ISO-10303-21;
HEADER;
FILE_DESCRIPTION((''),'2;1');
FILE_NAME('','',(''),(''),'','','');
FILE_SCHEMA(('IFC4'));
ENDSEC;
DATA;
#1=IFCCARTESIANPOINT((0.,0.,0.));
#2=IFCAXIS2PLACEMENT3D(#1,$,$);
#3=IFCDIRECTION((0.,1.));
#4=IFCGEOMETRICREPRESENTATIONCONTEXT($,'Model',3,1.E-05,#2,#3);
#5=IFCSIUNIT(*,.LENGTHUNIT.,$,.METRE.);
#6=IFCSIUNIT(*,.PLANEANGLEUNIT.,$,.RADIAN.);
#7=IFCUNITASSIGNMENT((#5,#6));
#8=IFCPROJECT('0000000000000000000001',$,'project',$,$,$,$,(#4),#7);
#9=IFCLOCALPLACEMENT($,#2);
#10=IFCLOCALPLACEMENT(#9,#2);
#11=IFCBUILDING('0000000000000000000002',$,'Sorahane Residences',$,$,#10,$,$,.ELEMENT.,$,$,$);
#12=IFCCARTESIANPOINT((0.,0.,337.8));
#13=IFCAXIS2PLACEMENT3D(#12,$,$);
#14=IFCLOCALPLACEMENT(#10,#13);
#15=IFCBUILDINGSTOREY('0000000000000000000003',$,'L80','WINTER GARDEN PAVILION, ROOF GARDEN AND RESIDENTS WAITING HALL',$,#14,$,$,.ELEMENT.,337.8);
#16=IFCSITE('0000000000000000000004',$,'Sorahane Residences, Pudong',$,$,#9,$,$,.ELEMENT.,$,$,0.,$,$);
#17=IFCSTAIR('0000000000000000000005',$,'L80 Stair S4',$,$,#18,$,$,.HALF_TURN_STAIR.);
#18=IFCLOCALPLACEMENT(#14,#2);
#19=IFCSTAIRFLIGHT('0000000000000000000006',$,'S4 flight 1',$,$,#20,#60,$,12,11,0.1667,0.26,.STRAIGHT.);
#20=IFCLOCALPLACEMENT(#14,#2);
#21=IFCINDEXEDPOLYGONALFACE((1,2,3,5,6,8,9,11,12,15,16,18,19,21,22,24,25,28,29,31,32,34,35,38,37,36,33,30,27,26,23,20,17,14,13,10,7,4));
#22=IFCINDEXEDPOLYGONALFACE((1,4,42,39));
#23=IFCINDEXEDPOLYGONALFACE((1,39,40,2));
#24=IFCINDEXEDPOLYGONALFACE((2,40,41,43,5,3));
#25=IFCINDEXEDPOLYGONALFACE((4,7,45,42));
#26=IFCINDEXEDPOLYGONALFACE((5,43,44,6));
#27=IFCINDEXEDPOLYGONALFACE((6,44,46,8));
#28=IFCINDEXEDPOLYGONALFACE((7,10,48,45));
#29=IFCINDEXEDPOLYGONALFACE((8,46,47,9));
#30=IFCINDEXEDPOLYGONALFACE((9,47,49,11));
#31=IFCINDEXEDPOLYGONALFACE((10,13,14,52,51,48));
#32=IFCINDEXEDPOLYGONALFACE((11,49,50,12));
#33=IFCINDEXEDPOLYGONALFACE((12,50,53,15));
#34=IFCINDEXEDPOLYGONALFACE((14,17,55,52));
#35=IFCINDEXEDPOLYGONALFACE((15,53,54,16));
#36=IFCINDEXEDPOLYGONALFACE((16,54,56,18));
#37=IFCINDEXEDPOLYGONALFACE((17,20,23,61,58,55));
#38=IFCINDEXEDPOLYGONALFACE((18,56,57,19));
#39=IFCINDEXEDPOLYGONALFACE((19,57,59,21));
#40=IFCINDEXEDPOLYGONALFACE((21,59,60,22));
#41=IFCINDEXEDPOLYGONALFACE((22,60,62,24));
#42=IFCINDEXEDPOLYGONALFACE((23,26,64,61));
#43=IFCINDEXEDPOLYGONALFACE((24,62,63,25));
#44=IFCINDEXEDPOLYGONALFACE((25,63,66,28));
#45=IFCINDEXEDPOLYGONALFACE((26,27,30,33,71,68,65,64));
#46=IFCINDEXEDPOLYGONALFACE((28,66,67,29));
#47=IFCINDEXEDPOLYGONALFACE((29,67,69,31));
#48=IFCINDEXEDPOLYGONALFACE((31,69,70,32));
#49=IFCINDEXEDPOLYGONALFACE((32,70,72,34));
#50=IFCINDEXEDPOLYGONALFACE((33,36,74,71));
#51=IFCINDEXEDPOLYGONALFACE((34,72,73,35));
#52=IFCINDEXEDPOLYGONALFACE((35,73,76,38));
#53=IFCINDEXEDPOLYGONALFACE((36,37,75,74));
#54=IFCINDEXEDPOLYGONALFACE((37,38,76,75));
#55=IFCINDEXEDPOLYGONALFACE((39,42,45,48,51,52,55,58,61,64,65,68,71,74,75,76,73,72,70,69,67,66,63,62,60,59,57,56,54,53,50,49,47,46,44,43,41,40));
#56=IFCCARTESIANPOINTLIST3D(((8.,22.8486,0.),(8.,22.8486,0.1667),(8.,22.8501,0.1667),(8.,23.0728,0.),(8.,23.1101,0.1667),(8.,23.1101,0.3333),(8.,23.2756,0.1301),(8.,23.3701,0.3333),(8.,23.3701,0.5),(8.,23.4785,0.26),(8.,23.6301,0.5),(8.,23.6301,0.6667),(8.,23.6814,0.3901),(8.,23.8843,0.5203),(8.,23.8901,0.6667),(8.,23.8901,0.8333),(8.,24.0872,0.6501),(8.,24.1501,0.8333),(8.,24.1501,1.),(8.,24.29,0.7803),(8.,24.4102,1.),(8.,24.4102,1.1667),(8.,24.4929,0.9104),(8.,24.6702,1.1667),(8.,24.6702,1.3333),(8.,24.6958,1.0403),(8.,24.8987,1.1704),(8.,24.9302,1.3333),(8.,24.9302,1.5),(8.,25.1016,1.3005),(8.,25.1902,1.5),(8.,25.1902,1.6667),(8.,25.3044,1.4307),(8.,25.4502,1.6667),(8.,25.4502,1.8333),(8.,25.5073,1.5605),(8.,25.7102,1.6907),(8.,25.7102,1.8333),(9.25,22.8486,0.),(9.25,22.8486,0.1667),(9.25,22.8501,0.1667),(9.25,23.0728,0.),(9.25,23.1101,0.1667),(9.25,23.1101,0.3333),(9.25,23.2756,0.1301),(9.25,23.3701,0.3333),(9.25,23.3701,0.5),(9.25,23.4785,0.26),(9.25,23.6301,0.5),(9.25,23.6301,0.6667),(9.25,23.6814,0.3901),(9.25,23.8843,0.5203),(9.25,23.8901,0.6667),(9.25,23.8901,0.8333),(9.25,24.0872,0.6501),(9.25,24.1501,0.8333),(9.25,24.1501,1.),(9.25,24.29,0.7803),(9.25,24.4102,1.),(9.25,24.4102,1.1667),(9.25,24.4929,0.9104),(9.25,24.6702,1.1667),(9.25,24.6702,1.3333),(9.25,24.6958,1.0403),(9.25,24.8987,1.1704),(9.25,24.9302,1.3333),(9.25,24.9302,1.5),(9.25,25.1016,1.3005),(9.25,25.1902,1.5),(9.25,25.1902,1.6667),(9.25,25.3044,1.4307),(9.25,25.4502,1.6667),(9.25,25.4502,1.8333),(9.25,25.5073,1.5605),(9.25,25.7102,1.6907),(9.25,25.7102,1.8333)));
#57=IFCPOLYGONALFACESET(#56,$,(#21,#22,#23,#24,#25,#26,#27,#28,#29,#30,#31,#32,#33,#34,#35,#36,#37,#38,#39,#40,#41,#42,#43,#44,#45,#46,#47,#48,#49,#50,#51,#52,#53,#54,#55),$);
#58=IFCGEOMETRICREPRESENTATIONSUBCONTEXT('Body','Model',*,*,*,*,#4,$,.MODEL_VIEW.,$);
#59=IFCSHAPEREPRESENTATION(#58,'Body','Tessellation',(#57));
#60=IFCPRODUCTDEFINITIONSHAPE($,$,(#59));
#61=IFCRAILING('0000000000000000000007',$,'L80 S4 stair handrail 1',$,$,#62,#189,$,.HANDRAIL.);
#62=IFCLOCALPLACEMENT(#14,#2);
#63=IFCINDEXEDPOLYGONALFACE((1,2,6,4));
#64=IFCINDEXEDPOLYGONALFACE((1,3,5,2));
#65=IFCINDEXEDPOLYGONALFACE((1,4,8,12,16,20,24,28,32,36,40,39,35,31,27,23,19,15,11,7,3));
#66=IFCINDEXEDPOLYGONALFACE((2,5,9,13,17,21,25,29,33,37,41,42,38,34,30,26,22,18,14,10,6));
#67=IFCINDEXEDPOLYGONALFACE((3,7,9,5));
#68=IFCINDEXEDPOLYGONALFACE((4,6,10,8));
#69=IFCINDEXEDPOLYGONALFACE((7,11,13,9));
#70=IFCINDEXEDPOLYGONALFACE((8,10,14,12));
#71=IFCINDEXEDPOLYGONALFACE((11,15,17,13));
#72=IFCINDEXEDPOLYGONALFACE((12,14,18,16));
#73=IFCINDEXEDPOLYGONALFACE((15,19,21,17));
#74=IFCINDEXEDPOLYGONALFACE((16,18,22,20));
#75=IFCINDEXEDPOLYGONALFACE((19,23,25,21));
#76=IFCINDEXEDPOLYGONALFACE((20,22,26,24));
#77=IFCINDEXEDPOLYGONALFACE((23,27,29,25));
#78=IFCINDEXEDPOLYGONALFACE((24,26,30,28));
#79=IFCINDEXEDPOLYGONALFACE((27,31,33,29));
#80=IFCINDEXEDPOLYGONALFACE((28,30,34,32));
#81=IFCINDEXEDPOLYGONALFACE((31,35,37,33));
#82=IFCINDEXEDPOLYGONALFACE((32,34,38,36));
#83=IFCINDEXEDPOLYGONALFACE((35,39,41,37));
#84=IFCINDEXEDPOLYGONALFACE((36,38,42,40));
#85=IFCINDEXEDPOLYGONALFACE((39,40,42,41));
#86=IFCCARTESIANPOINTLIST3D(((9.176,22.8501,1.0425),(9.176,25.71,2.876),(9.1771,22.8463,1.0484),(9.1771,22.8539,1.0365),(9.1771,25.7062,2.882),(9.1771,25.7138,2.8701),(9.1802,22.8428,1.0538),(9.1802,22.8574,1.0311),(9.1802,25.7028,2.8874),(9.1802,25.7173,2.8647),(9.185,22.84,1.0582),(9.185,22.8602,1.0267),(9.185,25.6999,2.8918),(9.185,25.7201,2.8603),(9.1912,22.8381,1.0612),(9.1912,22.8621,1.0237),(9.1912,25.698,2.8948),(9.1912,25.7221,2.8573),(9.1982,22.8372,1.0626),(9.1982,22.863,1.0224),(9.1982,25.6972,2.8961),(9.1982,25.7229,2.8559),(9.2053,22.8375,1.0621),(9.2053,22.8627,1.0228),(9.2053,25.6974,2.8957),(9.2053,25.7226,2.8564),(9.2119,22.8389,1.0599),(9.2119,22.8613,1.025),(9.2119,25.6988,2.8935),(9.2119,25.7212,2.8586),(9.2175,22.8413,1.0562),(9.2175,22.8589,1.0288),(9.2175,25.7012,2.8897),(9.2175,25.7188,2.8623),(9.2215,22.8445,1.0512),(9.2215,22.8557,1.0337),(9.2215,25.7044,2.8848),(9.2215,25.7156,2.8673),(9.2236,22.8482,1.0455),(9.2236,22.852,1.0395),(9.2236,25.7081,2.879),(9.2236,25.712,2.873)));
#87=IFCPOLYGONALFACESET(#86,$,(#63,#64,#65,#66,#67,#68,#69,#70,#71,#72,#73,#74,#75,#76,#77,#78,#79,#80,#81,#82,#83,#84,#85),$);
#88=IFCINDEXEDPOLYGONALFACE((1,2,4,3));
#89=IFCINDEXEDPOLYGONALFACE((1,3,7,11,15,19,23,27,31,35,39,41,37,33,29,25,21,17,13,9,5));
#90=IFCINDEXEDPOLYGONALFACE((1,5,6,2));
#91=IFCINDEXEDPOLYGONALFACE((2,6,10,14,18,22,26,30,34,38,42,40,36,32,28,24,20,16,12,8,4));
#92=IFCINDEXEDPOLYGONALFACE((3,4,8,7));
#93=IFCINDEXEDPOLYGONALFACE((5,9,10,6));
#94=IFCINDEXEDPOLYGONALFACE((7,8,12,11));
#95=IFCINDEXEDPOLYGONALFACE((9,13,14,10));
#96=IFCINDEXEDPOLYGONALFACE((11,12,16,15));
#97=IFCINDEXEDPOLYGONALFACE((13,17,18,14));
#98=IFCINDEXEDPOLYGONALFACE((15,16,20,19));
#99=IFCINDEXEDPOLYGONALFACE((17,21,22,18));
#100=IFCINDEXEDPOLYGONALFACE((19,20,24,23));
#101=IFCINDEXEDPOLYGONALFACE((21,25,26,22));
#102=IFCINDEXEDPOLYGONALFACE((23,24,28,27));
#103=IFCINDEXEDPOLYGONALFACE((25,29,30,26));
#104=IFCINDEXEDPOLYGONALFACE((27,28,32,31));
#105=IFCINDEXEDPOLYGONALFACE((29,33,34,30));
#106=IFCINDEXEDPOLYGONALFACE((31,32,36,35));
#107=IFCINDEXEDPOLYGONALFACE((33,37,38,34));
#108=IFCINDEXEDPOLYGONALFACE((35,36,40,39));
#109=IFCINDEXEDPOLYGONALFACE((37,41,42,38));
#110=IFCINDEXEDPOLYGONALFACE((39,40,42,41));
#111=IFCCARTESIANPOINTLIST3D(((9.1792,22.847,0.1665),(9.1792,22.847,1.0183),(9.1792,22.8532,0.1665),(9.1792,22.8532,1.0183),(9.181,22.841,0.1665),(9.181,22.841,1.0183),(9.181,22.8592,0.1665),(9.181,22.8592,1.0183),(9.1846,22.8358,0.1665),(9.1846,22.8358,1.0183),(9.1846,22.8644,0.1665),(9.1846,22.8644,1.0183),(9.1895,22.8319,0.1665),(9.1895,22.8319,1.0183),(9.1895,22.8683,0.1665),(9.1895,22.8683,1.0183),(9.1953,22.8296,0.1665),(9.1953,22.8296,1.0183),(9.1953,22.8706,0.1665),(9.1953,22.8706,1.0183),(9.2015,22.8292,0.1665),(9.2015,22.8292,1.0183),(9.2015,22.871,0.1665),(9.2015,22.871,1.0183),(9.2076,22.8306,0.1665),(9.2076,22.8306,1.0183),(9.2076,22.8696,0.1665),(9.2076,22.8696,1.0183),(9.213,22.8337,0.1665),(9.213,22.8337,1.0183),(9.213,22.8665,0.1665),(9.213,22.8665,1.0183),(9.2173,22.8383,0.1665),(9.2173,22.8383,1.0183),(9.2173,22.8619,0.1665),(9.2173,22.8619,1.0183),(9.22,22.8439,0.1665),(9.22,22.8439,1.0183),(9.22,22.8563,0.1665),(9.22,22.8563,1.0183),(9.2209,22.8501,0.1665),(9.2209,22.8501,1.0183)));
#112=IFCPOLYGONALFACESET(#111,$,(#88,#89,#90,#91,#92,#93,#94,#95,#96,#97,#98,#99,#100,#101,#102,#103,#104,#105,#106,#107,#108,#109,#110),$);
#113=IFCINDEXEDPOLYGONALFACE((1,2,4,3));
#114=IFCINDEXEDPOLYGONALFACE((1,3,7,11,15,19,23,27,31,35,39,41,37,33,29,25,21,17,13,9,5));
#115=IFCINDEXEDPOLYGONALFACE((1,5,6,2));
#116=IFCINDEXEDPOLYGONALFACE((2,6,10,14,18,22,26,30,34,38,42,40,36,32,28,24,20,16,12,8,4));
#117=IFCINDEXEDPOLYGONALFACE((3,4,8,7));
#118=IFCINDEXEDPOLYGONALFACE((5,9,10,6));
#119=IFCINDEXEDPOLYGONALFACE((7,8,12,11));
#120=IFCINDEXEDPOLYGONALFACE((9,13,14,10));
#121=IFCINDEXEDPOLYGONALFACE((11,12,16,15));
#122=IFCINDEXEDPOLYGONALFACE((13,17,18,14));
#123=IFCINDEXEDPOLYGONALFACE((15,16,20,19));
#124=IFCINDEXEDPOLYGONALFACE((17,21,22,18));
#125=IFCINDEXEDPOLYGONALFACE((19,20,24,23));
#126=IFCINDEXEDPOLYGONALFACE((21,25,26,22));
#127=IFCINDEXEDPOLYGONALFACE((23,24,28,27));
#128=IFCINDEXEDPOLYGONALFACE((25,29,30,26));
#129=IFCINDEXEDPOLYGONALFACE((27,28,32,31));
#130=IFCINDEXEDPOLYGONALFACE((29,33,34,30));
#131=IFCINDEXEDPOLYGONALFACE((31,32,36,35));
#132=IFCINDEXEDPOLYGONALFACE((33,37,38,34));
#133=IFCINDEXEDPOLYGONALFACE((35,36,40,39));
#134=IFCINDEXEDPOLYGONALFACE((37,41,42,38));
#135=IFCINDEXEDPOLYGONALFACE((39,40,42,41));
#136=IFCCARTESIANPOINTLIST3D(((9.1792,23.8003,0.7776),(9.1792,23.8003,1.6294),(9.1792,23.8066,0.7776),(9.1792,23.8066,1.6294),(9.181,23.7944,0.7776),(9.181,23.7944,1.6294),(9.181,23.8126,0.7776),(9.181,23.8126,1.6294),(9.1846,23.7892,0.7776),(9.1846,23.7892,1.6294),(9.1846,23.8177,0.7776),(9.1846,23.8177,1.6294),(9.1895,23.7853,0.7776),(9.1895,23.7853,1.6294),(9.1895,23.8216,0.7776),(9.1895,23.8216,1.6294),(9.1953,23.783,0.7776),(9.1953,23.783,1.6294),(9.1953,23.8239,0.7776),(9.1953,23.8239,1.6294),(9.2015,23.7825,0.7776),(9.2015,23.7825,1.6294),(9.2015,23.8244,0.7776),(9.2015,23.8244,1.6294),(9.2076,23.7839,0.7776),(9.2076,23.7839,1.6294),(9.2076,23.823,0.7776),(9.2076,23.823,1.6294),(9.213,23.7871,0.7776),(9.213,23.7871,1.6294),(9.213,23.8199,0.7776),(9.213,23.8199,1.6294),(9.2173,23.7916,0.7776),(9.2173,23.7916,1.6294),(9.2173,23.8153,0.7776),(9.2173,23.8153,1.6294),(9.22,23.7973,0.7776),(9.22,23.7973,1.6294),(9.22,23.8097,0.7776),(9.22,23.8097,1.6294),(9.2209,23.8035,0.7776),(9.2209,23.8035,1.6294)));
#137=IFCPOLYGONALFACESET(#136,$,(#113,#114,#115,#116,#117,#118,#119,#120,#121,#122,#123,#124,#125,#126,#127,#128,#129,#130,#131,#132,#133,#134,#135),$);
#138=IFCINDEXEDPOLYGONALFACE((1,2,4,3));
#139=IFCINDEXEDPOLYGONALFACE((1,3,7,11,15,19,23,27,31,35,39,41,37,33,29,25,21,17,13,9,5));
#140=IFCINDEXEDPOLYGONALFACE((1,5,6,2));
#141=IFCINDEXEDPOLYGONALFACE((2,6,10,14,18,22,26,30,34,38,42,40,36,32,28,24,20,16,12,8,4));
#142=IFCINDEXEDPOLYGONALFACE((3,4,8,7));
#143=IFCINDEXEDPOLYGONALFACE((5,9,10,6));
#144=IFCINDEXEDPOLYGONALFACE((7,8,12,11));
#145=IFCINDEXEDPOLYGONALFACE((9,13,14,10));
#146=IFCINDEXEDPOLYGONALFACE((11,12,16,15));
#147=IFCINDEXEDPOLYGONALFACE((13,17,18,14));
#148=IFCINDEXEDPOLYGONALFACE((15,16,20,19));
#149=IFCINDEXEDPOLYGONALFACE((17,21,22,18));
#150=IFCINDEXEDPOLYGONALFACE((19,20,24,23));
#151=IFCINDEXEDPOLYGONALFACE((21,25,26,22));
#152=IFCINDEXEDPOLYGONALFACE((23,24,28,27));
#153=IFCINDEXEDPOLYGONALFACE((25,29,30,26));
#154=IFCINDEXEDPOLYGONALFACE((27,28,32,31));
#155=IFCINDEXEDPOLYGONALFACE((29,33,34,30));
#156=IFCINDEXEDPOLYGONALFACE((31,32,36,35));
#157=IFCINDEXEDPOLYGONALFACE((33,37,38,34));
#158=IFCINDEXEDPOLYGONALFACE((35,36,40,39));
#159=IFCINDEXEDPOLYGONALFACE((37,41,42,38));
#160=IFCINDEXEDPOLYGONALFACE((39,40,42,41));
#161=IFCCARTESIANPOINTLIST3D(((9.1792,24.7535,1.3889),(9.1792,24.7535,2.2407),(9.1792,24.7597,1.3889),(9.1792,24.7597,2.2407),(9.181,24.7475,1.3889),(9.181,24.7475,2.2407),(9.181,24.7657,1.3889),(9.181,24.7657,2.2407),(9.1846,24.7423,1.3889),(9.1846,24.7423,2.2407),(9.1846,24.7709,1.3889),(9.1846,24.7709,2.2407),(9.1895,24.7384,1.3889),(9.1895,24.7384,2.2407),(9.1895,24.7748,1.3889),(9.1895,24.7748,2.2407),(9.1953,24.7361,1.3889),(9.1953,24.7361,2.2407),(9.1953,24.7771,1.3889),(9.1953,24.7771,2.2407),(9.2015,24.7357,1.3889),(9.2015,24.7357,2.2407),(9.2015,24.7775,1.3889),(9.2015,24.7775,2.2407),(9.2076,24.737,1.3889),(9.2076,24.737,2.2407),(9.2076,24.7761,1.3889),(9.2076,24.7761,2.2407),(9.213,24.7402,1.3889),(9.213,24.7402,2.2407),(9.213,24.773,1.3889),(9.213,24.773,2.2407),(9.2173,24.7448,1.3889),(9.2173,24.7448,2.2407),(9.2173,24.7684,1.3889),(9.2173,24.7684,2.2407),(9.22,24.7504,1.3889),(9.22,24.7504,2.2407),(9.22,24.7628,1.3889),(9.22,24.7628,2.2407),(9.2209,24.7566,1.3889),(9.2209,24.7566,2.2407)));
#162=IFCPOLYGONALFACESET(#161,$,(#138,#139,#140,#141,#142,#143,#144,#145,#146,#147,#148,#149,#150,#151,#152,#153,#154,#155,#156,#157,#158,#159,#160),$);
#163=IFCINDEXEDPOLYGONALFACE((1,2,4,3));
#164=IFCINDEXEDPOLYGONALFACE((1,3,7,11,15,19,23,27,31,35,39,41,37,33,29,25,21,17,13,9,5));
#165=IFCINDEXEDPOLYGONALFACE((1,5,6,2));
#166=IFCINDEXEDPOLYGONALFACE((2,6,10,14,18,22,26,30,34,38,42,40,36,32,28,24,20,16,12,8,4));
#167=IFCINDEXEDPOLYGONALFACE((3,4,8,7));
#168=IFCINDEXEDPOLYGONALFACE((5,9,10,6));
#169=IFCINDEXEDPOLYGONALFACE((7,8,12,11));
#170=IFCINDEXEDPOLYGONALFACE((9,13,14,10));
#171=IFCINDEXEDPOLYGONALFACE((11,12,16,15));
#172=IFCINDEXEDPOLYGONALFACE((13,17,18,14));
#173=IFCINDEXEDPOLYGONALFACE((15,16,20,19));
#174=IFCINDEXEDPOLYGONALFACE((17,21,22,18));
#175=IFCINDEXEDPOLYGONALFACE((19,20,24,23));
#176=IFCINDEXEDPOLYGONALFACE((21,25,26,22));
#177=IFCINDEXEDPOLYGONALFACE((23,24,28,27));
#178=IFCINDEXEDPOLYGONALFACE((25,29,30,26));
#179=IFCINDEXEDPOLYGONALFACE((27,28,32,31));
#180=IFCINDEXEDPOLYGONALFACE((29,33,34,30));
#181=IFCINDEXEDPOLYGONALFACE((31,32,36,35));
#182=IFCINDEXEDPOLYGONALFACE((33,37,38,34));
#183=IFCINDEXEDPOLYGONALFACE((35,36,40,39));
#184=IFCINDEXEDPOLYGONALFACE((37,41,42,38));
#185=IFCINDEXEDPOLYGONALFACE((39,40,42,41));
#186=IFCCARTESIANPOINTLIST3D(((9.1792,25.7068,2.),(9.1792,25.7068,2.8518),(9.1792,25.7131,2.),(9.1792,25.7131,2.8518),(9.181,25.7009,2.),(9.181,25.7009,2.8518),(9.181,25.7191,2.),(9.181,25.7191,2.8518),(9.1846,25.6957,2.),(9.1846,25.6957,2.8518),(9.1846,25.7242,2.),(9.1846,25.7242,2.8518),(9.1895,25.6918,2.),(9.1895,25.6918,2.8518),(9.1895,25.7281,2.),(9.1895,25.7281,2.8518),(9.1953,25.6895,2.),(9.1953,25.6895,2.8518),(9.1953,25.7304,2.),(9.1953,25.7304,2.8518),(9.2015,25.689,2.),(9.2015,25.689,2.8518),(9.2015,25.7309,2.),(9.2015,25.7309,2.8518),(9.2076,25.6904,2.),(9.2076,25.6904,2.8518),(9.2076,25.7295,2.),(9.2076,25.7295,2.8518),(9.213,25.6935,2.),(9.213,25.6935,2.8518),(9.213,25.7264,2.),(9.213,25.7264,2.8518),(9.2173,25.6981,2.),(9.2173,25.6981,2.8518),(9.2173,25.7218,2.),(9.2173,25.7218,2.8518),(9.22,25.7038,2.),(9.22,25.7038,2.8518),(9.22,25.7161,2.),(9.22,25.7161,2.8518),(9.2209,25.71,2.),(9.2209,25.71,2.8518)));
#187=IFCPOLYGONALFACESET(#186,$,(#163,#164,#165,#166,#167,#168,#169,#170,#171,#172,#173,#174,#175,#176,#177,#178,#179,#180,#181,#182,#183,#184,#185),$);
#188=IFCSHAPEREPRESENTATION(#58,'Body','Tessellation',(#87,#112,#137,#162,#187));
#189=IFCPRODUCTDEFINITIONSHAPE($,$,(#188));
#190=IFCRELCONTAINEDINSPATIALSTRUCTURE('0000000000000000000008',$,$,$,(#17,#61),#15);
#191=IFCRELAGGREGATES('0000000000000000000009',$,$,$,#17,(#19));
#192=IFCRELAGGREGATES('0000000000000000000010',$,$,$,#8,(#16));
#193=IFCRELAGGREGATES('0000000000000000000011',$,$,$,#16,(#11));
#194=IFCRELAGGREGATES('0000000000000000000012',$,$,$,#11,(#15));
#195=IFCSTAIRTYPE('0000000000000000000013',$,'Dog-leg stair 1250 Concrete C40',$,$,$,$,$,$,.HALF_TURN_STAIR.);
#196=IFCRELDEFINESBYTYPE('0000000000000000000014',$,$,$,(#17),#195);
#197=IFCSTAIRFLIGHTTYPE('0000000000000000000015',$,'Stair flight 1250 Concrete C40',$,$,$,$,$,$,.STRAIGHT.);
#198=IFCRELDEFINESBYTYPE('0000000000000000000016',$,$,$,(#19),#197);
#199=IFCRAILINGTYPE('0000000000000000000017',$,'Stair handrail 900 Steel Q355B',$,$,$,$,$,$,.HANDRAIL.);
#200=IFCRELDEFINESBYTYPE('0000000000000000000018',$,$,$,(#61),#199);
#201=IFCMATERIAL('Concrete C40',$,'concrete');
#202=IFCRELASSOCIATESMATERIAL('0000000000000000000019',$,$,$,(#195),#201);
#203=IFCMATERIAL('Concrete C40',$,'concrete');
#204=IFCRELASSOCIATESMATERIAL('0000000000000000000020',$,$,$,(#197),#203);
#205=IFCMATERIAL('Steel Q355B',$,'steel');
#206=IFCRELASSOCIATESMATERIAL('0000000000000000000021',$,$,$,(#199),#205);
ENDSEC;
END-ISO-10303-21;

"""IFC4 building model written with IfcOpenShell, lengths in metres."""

from ifc_helpers import new_model, si_unit, direction, frame, origin, origin_2d, place, context, subcontext, project, spatial, polyline, circle, outline, extrude, material, type_object, element, aggregate, save


model = new_model("IFC4")

# Units and contexts
model_context = context("Model", 3, precision=1e-05, world=origin(), true_north=direction((0.0, 1.0)))
body_context = subcontext(model_context, "Body", "Model", "MODEL_VIEW")
ifc_project = project(units=[si_unit("LENGTHUNIT", "METRE"), si_unit("PLANEANGLEUNIT", "RADIAN")], contexts=[model_context])

# Site, building, storey
site_placement = place(None, origin())
site = spatial("IfcSite", under=ifc_project, at=site_placement, Name="Sorahane Residences, Pudong", CompositionType="ELEMENT", RefElevation=0.0)
building_placement = place(site_placement, origin())
building = spatial("IfcBuilding", under=site, at=building_placement, Name="Sorahane Residences", CompositionType="ELEMENT")
storey_placement = place(building_placement, frame((0.0, 0.0, 337.8)))
storey = spatial("IfcBuildingStorey", under=building, at=storey_placement, Name="L80", Description="WINTER GARDEN PAVILION, ROOF GARDEN AND RESIDENTS WAITING HALL", CompositionType="ELEMENT", Elevation=337.8)

# Stair, stair flight
ifc_material_1 = material(Name="Concrete C40", Category="concrete")
stair_type = type_object("IfcStairType", Name="Dog-leg stair 1250 Concrete C40", PredefinedType="HALF_TURN_STAIR", material=ifc_material_1)
stair_placement = place(storey_placement, origin())
stair = element("IfcStair", 1, at=stair_placement, inside=storey, type_object=stair_type, Name="L80 Stair S4", PredefinedType="HALF_TURN_STAIR")
ifc_material_2 = material(Name="Concrete C40", Category="concrete")
stair_flight_type = type_object("IfcStairFlightType", Name="Stair flight 1250 Concrete C40", PredefinedType="STRAIGHT", material=ifc_material_2)
stair_flight_placement = place(storey_placement, frame((8.625, 22.8501, 0.0), z_axis=(0.0, 0.0, 1.0), x_axis=(0.0, 1.0, 0.0)))
stair_flight = element("IfcStairFlight", 2, at=stair_flight_placement, type_object=stair_flight_type, Name="S4 flight 1", NumberOfRisers=12, NumberOfTreads=11, PredefinedType="STRAIGHT", RiserHeight=0.1667, TreadLength=0.26, context=body_context, shape_type="SweptSolid", body=[
    extrude(outline(polyline([(-0.0015, 0.0), (-0.0015, 0.1667), (0.0, 0.1667), (0.26, 0.1667), (0.26, 0.3333), (0.52, 0.3333), (0.52, 0.5), (0.78, 0.5), (0.78, 0.6667), (1.04, 0.6667), (1.04, 0.8333), (1.3, 0.8333), (1.3, 1.0), (1.5601, 1.0), (1.5601, 1.1667), (1.8201, 1.1667), (1.8201, 1.3333), (2.0801, 1.3333), (2.0801, 1.5), (2.3401, 1.5), (2.3401, 1.6667), (2.6001, 1.6667), (2.6001, 1.8333), (2.8601, 1.8333), (2.8601, 2.0), (2.8601, 1.6907), (2.6572, 1.5605), (2.4543, 1.4307), (2.2515, 1.3005), (2.0486, 1.1704), (1.8457, 1.0403), (1.6428, 0.9104), (1.4399, 0.7803), (1.2371, 0.6501), (1.0342, 0.5203), (0.8313, 0.3901), (0.6284, 0.26), (0.4255, 0.1301), (0.2227, 0.0), (-0.0015, 0.0)])), frame((0.0, 0.625, 0.0), z_axis=(0.0, -1.0, 0.0), x_axis=(1.0, 0.0, 0.0)), (0.0, 0.0, 1.0), 1.25),
])
aggregate(stair, [stair_flight])

# Railing
ifc_material_3 = material(Name="Steel Q355B", Category="steel")
railing_type_1 = type_object("IfcRailingType", Name="Stair handrail 900 Steel Q355B", PredefinedType="HANDRAIL", material=ifc_material_3)
railing_1_placement = place(storey_placement, frame((9.2, 22.8501, 0.1665)))
element("IfcRailing", 3, at=railing_1_placement, inside=storey, type_object=railing_type_1, Name="L80 S4 stair handrail 1", PredefinedType="HANDRAIL", context=body_context, shape_type="SweptSolid", body=[
    extrude(circle(Radius=0.0239, at=origin_2d()), frame((0.0, 0.0, 0.876), z_axis=(0.0, 0.841846, 0.539718), x_axis=(-1.0, 0.0, 0.0)), (0.0, 0.0, 1.0), 3.3972),
    extrude(circle(Radius=0.021, at=origin_2d()), origin(), (0.0, 0.0, 1.0), 0.8518),
    extrude(circle(Radius=0.021, at=origin_2d()), frame((0.0, 0.9534, 0.6111)), (0.0, 0.0, 1.0), 0.8518),
    extrude(circle(Radius=0.021, at=origin_2d()), frame((0.0, 1.9065, 1.2224)), (0.0, 0.0, 1.0), 0.8518),
    extrude(circle(Radius=0.021, at=origin_2d()), frame((0.0, 2.8599, 1.8335)), (0.0, 0.0, 1.0), 0.8518),
])

save(model, "model.ifc")
